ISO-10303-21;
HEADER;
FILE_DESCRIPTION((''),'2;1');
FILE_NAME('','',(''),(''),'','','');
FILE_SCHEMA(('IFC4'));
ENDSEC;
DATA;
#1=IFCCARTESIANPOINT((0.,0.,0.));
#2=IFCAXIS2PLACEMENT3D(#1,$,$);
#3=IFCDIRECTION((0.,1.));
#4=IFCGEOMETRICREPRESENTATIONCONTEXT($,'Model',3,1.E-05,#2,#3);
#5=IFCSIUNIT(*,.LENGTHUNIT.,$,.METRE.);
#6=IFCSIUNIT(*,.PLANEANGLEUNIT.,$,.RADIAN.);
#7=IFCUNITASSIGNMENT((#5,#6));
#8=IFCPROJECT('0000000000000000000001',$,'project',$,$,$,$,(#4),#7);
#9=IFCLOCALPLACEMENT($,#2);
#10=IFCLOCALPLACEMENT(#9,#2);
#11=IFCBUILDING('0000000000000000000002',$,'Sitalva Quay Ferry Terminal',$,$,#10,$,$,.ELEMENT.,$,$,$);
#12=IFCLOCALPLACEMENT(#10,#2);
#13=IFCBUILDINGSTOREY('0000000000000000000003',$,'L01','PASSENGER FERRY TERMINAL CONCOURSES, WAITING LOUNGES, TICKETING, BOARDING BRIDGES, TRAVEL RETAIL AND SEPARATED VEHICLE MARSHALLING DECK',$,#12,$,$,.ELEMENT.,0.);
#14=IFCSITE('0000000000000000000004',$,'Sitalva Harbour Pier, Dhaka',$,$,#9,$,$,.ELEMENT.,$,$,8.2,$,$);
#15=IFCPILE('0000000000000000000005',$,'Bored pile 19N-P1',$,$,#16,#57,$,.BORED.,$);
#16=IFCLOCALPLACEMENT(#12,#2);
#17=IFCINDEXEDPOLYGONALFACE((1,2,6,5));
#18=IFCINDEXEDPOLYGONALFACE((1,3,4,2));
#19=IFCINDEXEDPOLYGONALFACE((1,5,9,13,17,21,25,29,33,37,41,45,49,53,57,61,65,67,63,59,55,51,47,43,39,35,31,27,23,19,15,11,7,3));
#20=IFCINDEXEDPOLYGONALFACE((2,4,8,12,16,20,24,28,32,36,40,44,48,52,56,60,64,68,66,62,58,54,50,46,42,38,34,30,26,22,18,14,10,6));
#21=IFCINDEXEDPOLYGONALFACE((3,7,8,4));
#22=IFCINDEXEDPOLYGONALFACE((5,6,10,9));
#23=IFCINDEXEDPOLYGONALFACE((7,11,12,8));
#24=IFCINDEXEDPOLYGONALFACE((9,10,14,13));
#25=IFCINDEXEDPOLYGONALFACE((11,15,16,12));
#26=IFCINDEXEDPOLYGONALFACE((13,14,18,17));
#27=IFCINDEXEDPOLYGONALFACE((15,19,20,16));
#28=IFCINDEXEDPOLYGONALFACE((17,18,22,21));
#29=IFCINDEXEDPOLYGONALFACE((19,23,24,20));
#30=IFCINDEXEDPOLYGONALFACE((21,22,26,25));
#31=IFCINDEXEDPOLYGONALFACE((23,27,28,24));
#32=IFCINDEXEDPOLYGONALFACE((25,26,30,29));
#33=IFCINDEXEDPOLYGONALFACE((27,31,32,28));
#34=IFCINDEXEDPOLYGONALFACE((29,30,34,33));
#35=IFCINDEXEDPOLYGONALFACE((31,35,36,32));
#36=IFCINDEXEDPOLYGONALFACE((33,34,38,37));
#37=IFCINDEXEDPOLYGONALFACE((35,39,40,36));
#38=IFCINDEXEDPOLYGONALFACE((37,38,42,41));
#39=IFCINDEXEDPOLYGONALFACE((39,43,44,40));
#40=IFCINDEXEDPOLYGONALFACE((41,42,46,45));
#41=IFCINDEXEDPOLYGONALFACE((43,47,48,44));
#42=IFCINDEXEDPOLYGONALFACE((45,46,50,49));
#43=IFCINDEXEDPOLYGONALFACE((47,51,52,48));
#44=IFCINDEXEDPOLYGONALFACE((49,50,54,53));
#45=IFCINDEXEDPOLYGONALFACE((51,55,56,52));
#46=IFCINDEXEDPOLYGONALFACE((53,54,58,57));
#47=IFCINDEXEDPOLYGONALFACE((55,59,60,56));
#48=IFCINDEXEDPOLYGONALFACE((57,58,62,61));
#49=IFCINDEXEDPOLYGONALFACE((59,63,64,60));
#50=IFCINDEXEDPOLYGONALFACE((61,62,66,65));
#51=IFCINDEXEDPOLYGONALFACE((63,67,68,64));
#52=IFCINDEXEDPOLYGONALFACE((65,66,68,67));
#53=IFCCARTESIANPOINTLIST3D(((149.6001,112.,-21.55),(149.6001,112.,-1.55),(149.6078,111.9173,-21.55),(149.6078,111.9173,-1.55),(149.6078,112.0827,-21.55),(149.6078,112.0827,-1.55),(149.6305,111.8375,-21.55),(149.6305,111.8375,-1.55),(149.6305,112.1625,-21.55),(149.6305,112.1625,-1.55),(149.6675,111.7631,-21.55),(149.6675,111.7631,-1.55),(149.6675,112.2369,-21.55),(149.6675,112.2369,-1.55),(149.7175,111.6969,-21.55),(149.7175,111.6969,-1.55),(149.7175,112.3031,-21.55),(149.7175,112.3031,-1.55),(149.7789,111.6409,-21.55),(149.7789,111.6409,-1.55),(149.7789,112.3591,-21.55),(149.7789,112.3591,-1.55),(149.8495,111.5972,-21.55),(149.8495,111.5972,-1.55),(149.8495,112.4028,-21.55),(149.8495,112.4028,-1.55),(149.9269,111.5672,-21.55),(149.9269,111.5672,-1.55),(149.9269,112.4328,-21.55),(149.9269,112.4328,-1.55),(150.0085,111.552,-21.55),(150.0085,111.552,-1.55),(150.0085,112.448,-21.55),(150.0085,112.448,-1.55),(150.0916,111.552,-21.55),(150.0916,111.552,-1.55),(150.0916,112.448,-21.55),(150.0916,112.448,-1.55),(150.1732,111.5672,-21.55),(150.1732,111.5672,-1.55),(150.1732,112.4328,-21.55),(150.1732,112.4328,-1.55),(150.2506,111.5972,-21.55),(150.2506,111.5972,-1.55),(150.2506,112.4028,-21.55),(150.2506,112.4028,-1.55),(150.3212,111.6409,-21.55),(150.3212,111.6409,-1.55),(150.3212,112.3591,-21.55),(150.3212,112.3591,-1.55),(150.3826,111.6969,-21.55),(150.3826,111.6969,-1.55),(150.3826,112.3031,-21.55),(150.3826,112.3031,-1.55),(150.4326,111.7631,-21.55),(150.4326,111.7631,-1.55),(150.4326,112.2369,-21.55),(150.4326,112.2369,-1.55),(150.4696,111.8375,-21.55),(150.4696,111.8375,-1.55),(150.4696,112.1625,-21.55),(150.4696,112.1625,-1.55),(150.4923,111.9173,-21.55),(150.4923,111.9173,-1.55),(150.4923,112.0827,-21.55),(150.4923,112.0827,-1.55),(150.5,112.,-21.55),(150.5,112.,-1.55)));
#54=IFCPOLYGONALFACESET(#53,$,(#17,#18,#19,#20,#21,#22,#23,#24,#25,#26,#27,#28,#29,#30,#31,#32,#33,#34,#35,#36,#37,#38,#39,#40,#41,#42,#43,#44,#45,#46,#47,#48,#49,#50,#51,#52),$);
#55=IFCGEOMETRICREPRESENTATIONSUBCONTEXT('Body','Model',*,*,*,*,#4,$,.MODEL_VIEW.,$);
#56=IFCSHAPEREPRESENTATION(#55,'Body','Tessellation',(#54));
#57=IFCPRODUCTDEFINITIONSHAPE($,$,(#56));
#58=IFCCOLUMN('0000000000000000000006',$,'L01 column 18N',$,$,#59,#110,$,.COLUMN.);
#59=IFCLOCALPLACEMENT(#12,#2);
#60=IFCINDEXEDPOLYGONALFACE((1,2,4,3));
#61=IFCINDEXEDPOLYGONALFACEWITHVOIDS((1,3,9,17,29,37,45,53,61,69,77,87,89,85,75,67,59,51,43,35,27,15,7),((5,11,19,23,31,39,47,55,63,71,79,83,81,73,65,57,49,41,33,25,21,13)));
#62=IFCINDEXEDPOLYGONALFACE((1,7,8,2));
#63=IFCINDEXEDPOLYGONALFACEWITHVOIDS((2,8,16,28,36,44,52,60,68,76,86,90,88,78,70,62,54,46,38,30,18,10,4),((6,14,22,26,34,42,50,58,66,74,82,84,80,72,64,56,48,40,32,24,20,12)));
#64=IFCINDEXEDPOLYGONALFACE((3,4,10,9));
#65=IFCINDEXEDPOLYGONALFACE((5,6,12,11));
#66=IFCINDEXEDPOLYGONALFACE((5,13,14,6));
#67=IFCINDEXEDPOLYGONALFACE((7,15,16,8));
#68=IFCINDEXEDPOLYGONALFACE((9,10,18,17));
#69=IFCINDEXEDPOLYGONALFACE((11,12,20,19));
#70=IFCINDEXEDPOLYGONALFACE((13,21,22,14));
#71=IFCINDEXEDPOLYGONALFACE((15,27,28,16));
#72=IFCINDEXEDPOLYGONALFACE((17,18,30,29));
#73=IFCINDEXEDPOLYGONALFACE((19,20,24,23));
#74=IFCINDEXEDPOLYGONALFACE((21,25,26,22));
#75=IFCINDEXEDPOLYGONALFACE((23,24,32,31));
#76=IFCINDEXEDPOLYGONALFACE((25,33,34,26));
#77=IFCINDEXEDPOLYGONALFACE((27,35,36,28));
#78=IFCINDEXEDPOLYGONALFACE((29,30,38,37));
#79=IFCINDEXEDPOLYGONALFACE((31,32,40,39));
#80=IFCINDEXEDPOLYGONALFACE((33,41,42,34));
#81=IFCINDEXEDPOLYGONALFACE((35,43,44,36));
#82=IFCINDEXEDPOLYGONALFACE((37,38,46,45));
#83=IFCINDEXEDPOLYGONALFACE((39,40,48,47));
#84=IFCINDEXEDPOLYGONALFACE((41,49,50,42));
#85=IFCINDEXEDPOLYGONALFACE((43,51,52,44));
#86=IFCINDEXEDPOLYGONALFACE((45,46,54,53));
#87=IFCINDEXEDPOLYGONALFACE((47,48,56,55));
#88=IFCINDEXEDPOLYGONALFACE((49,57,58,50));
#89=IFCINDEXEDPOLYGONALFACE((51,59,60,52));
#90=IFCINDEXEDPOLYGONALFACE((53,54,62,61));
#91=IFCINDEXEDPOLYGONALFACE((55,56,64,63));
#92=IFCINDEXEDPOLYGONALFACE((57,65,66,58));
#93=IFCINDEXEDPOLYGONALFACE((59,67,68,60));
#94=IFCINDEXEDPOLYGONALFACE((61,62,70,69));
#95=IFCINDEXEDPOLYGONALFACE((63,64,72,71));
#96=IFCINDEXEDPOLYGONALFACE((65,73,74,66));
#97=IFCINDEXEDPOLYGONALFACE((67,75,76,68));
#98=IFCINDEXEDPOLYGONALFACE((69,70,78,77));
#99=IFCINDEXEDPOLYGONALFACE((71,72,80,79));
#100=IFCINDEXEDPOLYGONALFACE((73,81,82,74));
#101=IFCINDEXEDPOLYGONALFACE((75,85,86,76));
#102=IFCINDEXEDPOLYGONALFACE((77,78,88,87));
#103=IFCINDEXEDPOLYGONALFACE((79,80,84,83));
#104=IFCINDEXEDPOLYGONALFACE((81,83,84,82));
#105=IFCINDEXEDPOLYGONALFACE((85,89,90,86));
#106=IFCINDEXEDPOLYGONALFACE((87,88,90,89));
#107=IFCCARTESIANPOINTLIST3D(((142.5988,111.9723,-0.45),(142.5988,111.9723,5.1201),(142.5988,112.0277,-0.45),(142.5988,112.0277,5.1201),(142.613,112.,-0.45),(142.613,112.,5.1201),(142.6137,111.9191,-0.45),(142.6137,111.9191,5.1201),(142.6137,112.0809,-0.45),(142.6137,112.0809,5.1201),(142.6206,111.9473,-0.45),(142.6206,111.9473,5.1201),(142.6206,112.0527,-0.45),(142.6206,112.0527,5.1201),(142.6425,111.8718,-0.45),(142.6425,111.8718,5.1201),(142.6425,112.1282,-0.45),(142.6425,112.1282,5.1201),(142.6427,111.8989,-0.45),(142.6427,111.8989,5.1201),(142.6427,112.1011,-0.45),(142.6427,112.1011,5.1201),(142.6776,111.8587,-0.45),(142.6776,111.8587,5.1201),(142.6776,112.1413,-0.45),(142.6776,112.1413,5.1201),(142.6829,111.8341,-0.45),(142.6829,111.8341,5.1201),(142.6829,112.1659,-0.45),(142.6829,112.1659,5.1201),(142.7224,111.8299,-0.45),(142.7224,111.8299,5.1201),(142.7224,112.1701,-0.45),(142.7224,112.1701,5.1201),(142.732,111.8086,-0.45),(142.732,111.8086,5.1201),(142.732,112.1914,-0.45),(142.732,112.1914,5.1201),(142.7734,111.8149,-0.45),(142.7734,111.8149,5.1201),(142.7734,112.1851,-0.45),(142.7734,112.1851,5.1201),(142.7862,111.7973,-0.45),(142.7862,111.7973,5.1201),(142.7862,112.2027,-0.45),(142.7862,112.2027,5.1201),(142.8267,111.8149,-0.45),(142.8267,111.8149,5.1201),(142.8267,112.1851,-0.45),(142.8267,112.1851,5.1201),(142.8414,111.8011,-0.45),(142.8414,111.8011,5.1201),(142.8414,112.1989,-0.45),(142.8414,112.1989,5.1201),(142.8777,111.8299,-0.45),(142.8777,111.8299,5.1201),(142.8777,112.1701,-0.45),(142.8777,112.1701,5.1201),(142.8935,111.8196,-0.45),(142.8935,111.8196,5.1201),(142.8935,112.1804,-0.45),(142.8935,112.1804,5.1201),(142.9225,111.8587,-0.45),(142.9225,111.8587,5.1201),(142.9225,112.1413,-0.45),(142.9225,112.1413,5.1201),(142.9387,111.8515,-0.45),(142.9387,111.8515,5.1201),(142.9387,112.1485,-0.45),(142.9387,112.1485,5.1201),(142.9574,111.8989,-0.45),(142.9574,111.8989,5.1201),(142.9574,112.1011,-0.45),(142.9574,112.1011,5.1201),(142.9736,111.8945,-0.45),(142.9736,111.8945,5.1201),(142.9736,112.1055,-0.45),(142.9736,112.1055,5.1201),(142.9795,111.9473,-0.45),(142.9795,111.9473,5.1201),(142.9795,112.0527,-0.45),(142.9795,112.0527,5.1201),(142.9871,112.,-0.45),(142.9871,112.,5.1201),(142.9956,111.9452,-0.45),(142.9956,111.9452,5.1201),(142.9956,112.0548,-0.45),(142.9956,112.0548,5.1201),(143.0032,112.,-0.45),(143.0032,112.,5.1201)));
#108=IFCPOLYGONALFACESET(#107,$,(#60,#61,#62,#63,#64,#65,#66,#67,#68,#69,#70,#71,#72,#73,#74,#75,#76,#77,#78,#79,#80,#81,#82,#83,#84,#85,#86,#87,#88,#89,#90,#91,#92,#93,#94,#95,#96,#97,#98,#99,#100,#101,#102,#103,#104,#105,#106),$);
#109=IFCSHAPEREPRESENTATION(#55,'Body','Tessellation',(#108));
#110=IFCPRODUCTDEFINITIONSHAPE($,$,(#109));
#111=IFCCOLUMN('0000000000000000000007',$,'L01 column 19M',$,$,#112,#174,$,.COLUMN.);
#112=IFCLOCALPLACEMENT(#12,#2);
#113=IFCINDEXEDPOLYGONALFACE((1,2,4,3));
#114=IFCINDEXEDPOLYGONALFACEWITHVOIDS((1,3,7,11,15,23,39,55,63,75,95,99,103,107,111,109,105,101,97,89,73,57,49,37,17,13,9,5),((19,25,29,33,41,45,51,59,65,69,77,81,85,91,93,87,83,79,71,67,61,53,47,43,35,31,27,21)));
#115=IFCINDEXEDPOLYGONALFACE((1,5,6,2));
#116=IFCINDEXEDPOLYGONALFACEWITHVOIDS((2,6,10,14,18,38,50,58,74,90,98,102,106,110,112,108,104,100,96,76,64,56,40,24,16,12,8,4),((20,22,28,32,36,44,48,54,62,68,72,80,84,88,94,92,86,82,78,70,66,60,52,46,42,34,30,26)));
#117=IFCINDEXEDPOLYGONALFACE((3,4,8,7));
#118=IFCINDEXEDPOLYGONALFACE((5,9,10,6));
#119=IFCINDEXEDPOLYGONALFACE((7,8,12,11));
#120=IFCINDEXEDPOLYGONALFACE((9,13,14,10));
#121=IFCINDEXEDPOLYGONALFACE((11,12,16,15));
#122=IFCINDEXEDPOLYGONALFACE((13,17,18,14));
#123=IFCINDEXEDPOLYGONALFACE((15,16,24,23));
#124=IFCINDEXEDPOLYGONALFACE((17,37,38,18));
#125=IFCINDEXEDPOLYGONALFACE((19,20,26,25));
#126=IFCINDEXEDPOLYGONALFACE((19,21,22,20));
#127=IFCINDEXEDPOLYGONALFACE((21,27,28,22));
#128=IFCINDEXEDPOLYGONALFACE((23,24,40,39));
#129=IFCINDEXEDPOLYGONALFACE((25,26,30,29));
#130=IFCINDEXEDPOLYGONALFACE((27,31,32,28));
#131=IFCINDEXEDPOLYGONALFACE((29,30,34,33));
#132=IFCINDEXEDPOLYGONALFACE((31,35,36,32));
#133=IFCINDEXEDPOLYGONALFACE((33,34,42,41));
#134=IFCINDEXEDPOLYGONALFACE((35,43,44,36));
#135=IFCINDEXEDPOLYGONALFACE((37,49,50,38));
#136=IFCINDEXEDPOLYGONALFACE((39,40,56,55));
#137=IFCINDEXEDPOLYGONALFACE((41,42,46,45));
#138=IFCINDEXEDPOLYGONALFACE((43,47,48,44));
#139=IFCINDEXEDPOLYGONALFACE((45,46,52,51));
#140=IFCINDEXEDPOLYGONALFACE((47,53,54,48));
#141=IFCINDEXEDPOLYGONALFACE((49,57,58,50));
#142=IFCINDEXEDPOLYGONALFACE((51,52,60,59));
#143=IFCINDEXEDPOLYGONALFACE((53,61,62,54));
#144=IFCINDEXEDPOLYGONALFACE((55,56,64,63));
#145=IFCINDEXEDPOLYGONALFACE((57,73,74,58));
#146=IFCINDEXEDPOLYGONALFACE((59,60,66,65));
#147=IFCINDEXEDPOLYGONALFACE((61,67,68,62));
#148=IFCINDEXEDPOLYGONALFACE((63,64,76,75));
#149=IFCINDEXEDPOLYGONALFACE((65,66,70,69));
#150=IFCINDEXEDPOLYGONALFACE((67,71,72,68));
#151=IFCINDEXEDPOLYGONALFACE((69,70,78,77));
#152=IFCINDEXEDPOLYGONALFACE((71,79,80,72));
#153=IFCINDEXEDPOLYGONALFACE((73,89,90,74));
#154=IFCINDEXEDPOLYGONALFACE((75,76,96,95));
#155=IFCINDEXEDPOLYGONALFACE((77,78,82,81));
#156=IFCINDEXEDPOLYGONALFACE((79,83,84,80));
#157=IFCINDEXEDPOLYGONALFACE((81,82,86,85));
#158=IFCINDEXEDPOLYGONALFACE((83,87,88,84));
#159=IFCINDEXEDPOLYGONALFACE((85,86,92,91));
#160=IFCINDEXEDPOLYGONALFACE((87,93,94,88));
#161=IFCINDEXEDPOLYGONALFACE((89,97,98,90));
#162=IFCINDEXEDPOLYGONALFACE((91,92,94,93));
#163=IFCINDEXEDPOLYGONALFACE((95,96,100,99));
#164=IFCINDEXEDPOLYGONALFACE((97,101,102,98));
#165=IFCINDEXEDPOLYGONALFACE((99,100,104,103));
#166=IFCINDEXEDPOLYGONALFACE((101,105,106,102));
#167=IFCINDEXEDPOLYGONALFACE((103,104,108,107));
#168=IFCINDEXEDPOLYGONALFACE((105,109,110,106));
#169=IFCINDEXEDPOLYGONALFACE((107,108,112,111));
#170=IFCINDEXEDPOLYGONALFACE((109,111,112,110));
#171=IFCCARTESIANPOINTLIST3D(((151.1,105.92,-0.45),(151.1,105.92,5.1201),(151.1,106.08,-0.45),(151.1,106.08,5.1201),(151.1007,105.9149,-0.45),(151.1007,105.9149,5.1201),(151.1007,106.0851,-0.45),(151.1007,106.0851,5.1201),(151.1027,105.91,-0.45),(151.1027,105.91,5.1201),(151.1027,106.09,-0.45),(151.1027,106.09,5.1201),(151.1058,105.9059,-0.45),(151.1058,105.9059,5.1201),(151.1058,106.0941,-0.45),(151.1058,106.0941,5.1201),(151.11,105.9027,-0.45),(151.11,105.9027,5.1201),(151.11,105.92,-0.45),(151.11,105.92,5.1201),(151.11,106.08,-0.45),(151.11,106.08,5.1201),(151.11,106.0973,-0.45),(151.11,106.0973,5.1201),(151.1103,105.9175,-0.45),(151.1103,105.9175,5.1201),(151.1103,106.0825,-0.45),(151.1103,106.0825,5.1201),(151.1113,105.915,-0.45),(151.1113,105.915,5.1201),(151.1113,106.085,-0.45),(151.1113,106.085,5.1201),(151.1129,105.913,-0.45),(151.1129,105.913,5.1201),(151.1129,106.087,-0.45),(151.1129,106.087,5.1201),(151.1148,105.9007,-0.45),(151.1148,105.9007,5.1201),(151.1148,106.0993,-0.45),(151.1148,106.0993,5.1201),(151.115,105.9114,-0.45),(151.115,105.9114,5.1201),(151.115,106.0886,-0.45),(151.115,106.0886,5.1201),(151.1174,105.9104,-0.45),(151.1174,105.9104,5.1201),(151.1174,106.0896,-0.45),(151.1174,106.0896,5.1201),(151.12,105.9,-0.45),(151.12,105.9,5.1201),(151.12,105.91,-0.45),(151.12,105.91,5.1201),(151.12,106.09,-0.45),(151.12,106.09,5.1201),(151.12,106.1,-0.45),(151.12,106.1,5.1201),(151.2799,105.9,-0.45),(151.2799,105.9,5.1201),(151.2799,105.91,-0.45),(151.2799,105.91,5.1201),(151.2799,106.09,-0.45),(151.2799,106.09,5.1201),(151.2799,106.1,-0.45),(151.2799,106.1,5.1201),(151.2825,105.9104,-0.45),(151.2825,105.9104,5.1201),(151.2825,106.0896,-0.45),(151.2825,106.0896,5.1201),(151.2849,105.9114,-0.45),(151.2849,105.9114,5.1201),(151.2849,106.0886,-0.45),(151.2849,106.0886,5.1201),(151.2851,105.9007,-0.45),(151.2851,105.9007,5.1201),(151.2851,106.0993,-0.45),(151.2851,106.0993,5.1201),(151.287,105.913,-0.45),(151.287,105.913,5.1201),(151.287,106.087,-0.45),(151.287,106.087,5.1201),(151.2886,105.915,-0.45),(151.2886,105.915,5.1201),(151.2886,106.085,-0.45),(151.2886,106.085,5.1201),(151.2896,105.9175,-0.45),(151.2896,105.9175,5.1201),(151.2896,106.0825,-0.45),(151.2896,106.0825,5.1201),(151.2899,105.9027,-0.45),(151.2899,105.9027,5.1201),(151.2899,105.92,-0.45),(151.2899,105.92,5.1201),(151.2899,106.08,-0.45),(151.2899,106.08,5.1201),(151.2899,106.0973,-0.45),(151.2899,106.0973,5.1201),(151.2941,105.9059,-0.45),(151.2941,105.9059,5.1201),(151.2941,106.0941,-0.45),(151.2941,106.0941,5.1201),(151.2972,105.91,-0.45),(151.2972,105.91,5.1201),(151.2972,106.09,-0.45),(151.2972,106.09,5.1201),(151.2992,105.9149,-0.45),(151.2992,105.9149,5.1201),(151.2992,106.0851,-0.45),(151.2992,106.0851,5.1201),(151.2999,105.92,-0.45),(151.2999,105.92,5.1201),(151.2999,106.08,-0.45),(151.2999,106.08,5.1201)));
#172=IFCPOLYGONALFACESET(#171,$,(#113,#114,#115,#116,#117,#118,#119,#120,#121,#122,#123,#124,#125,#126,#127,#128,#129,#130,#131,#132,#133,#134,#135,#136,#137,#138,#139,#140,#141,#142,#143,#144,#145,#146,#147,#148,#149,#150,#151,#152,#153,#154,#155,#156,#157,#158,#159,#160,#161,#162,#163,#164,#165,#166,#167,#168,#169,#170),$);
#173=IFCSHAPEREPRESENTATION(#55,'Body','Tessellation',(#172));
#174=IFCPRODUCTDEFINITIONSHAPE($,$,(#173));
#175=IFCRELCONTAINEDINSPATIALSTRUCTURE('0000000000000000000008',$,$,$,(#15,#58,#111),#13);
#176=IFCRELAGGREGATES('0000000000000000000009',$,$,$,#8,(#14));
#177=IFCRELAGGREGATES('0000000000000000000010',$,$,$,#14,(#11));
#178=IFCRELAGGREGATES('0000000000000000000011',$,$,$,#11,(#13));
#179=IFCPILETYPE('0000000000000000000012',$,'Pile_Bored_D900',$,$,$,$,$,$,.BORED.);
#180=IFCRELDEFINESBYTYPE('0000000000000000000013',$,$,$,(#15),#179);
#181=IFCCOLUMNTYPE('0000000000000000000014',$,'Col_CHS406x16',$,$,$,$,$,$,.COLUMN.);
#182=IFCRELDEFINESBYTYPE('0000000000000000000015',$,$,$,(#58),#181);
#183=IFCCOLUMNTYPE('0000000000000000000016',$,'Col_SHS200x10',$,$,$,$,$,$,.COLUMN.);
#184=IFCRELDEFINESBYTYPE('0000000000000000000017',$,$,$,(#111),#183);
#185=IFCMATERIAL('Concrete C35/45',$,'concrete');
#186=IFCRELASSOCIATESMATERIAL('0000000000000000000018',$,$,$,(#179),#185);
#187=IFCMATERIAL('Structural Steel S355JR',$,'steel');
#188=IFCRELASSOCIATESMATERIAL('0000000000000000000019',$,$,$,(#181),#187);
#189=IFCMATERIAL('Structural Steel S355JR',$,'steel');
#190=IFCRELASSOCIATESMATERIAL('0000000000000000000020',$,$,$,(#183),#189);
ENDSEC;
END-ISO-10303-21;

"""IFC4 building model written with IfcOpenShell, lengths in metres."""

from ifc_helpers import new_model, si_unit, direction, frame, origin, origin_2d, place, context, subcontext, project, spatial, hollow_rectangle, circle, hollow_circle, extrude, material, material_profile, profile_set, type_object, element, save


model = new_model("IFC4")

# Units and contexts
model_context = context("Model", 3, precision=1e-05, world=origin(), true_north=direction((0.0, 1.0)))
body_context = subcontext(model_context, "Body", "Model", "MODEL_VIEW")
ifc_project = project(units=[si_unit("LENGTHUNIT", "METRE"), si_unit("PLANEANGLEUNIT", "RADIAN")], contexts=[model_context])

# Site, building, storey
site_placement = place(None, origin())
site = spatial("IfcSite", under=ifc_project, at=site_placement, Name="Sitalva Harbour Pier, Dhaka", CompositionType="ELEMENT", RefElevation=8.2)
building_placement = place(site_placement, origin())
building = spatial("IfcBuilding", under=site, at=building_placement, Name="Sitalva Quay Ferry Terminal", CompositionType="ELEMENT")
storey_placement = place(building_placement, origin())
storey = spatial("IfcBuildingStorey", under=building, at=storey_placement, Name="L01", Description="PASSENGER FERRY TERMINAL CONCOURSES, WAITING LOUNGES, TICKETING, BOARDING BRIDGES, TRAVEL RETAIL AND SEPARATED VEHICLE MARSHALLING DECK", CompositionType="ELEMENT", Elevation=0.0)

# Pile
ifc_material_1 = material(Name="Concrete C35/45", Category="concrete")
ifc_material_profile_1 = material_profile(ifc_material_1, circle(Radius=0.45, at=origin_2d()), Name="PILE-D900")
ifc_profile_set_1 = profile_set([ifc_material_profile_1], Name="Concrete C35/45")
pile_type = type_object("IfcPileType", Name="Pile_Bored_D900", PredefinedType="BORED", material=ifc_profile_set_1)
for number, where, z_axis, x_axis, name in (
    (1, (150.05, 112.0, -1.55), (0.0, 0.0, -1.0), (1.0, 0.0, 0.0), "Bored pile 19N-P1"),
):
    element("IfcPile", number, at=place(storey_placement, frame(where, z_axis=z_axis, x_axis=x_axis)), inside=storey, type_object=pile_type, Name=name, PredefinedType="BORED", context=body_context, shape_type="SweptSolid", body=[
        extrude(circle(Radius=0.45, at=origin_2d()), origin(), (0.0, 0.0, 1.0), 20.0),
    ])

# Columns
ifc_material_2 = material(Name="Structural Steel S355JR", Category="steel")
ifc_material_profile_2 = material_profile(ifc_material_2, hollow_circle(Radius=0.2031, WallThickness=0.0161, at=origin_2d()), Name="CHS406x16")
ifc_profile_set_2 = profile_set([ifc_material_profile_2], Name="Structural Steel S355JR")
column_type_1 = type_object("IfcColumnType", Name="Col_CHS406x16", PredefinedType="COLUMN", material=ifc_profile_set_2)
column_1_placement = place(storey_placement, frame((142.8, 112.0, -0.45), z_axis=(0.0, 0.0, 1.0), x_axis=(1.0, 0.0, 0.0)))
element("IfcColumn", 2, at=column_1_placement, inside=storey, type_object=column_type_1, Name="L01 column 18N", PredefinedType="COLUMN", context=body_context, shape_type="SweptSolid", body=[
    extrude(hollow_circle(Radius=0.2031, WallThickness=0.0161, at=origin_2d()), origin(), (0.0, 0.0, 1.0), 5.5701),
])
ifc_material_3 = material(Name="Structural Steel S355JR", Category="steel")
ifc_material_profile_3 = material_profile(ifc_material_3, hollow_rectangle(XDim=0.2, YDim=0.2, WallThickness=0.01, InnerFilletRadius=0.01, OuterFilletRadius=0.02, at=origin_2d()), Name="SHS200x200x10")
ifc_profile_set_3 = profile_set([ifc_material_profile_3], Name="Structural Steel S355JR")
column_type_2 = type_object("IfcColumnType", Name="Col_SHS200x10", PredefinedType="COLUMN", material=ifc_profile_set_3)
column_2_placement = place(storey_placement, frame((151.2, 106.0, -0.45), z_axis=(0.0, 0.0, 1.0), x_axis=(1.0, 0.0, 0.0)))
element("IfcColumn", 3, at=column_2_placement, inside=storey, type_object=column_type_2, Name="L01 column 19M", PredefinedType="COLUMN", context=body_context, shape_type="SweptSolid", body=[
    extrude(hollow_rectangle(XDim=0.2, YDim=0.2, WallThickness=0.01, InnerFilletRadius=0.01, OuterFilletRadius=0.02, at=origin_2d()), origin(), (0.0, 0.0, 1.0), 5.5701),
])

save(model, "model.ifc")
